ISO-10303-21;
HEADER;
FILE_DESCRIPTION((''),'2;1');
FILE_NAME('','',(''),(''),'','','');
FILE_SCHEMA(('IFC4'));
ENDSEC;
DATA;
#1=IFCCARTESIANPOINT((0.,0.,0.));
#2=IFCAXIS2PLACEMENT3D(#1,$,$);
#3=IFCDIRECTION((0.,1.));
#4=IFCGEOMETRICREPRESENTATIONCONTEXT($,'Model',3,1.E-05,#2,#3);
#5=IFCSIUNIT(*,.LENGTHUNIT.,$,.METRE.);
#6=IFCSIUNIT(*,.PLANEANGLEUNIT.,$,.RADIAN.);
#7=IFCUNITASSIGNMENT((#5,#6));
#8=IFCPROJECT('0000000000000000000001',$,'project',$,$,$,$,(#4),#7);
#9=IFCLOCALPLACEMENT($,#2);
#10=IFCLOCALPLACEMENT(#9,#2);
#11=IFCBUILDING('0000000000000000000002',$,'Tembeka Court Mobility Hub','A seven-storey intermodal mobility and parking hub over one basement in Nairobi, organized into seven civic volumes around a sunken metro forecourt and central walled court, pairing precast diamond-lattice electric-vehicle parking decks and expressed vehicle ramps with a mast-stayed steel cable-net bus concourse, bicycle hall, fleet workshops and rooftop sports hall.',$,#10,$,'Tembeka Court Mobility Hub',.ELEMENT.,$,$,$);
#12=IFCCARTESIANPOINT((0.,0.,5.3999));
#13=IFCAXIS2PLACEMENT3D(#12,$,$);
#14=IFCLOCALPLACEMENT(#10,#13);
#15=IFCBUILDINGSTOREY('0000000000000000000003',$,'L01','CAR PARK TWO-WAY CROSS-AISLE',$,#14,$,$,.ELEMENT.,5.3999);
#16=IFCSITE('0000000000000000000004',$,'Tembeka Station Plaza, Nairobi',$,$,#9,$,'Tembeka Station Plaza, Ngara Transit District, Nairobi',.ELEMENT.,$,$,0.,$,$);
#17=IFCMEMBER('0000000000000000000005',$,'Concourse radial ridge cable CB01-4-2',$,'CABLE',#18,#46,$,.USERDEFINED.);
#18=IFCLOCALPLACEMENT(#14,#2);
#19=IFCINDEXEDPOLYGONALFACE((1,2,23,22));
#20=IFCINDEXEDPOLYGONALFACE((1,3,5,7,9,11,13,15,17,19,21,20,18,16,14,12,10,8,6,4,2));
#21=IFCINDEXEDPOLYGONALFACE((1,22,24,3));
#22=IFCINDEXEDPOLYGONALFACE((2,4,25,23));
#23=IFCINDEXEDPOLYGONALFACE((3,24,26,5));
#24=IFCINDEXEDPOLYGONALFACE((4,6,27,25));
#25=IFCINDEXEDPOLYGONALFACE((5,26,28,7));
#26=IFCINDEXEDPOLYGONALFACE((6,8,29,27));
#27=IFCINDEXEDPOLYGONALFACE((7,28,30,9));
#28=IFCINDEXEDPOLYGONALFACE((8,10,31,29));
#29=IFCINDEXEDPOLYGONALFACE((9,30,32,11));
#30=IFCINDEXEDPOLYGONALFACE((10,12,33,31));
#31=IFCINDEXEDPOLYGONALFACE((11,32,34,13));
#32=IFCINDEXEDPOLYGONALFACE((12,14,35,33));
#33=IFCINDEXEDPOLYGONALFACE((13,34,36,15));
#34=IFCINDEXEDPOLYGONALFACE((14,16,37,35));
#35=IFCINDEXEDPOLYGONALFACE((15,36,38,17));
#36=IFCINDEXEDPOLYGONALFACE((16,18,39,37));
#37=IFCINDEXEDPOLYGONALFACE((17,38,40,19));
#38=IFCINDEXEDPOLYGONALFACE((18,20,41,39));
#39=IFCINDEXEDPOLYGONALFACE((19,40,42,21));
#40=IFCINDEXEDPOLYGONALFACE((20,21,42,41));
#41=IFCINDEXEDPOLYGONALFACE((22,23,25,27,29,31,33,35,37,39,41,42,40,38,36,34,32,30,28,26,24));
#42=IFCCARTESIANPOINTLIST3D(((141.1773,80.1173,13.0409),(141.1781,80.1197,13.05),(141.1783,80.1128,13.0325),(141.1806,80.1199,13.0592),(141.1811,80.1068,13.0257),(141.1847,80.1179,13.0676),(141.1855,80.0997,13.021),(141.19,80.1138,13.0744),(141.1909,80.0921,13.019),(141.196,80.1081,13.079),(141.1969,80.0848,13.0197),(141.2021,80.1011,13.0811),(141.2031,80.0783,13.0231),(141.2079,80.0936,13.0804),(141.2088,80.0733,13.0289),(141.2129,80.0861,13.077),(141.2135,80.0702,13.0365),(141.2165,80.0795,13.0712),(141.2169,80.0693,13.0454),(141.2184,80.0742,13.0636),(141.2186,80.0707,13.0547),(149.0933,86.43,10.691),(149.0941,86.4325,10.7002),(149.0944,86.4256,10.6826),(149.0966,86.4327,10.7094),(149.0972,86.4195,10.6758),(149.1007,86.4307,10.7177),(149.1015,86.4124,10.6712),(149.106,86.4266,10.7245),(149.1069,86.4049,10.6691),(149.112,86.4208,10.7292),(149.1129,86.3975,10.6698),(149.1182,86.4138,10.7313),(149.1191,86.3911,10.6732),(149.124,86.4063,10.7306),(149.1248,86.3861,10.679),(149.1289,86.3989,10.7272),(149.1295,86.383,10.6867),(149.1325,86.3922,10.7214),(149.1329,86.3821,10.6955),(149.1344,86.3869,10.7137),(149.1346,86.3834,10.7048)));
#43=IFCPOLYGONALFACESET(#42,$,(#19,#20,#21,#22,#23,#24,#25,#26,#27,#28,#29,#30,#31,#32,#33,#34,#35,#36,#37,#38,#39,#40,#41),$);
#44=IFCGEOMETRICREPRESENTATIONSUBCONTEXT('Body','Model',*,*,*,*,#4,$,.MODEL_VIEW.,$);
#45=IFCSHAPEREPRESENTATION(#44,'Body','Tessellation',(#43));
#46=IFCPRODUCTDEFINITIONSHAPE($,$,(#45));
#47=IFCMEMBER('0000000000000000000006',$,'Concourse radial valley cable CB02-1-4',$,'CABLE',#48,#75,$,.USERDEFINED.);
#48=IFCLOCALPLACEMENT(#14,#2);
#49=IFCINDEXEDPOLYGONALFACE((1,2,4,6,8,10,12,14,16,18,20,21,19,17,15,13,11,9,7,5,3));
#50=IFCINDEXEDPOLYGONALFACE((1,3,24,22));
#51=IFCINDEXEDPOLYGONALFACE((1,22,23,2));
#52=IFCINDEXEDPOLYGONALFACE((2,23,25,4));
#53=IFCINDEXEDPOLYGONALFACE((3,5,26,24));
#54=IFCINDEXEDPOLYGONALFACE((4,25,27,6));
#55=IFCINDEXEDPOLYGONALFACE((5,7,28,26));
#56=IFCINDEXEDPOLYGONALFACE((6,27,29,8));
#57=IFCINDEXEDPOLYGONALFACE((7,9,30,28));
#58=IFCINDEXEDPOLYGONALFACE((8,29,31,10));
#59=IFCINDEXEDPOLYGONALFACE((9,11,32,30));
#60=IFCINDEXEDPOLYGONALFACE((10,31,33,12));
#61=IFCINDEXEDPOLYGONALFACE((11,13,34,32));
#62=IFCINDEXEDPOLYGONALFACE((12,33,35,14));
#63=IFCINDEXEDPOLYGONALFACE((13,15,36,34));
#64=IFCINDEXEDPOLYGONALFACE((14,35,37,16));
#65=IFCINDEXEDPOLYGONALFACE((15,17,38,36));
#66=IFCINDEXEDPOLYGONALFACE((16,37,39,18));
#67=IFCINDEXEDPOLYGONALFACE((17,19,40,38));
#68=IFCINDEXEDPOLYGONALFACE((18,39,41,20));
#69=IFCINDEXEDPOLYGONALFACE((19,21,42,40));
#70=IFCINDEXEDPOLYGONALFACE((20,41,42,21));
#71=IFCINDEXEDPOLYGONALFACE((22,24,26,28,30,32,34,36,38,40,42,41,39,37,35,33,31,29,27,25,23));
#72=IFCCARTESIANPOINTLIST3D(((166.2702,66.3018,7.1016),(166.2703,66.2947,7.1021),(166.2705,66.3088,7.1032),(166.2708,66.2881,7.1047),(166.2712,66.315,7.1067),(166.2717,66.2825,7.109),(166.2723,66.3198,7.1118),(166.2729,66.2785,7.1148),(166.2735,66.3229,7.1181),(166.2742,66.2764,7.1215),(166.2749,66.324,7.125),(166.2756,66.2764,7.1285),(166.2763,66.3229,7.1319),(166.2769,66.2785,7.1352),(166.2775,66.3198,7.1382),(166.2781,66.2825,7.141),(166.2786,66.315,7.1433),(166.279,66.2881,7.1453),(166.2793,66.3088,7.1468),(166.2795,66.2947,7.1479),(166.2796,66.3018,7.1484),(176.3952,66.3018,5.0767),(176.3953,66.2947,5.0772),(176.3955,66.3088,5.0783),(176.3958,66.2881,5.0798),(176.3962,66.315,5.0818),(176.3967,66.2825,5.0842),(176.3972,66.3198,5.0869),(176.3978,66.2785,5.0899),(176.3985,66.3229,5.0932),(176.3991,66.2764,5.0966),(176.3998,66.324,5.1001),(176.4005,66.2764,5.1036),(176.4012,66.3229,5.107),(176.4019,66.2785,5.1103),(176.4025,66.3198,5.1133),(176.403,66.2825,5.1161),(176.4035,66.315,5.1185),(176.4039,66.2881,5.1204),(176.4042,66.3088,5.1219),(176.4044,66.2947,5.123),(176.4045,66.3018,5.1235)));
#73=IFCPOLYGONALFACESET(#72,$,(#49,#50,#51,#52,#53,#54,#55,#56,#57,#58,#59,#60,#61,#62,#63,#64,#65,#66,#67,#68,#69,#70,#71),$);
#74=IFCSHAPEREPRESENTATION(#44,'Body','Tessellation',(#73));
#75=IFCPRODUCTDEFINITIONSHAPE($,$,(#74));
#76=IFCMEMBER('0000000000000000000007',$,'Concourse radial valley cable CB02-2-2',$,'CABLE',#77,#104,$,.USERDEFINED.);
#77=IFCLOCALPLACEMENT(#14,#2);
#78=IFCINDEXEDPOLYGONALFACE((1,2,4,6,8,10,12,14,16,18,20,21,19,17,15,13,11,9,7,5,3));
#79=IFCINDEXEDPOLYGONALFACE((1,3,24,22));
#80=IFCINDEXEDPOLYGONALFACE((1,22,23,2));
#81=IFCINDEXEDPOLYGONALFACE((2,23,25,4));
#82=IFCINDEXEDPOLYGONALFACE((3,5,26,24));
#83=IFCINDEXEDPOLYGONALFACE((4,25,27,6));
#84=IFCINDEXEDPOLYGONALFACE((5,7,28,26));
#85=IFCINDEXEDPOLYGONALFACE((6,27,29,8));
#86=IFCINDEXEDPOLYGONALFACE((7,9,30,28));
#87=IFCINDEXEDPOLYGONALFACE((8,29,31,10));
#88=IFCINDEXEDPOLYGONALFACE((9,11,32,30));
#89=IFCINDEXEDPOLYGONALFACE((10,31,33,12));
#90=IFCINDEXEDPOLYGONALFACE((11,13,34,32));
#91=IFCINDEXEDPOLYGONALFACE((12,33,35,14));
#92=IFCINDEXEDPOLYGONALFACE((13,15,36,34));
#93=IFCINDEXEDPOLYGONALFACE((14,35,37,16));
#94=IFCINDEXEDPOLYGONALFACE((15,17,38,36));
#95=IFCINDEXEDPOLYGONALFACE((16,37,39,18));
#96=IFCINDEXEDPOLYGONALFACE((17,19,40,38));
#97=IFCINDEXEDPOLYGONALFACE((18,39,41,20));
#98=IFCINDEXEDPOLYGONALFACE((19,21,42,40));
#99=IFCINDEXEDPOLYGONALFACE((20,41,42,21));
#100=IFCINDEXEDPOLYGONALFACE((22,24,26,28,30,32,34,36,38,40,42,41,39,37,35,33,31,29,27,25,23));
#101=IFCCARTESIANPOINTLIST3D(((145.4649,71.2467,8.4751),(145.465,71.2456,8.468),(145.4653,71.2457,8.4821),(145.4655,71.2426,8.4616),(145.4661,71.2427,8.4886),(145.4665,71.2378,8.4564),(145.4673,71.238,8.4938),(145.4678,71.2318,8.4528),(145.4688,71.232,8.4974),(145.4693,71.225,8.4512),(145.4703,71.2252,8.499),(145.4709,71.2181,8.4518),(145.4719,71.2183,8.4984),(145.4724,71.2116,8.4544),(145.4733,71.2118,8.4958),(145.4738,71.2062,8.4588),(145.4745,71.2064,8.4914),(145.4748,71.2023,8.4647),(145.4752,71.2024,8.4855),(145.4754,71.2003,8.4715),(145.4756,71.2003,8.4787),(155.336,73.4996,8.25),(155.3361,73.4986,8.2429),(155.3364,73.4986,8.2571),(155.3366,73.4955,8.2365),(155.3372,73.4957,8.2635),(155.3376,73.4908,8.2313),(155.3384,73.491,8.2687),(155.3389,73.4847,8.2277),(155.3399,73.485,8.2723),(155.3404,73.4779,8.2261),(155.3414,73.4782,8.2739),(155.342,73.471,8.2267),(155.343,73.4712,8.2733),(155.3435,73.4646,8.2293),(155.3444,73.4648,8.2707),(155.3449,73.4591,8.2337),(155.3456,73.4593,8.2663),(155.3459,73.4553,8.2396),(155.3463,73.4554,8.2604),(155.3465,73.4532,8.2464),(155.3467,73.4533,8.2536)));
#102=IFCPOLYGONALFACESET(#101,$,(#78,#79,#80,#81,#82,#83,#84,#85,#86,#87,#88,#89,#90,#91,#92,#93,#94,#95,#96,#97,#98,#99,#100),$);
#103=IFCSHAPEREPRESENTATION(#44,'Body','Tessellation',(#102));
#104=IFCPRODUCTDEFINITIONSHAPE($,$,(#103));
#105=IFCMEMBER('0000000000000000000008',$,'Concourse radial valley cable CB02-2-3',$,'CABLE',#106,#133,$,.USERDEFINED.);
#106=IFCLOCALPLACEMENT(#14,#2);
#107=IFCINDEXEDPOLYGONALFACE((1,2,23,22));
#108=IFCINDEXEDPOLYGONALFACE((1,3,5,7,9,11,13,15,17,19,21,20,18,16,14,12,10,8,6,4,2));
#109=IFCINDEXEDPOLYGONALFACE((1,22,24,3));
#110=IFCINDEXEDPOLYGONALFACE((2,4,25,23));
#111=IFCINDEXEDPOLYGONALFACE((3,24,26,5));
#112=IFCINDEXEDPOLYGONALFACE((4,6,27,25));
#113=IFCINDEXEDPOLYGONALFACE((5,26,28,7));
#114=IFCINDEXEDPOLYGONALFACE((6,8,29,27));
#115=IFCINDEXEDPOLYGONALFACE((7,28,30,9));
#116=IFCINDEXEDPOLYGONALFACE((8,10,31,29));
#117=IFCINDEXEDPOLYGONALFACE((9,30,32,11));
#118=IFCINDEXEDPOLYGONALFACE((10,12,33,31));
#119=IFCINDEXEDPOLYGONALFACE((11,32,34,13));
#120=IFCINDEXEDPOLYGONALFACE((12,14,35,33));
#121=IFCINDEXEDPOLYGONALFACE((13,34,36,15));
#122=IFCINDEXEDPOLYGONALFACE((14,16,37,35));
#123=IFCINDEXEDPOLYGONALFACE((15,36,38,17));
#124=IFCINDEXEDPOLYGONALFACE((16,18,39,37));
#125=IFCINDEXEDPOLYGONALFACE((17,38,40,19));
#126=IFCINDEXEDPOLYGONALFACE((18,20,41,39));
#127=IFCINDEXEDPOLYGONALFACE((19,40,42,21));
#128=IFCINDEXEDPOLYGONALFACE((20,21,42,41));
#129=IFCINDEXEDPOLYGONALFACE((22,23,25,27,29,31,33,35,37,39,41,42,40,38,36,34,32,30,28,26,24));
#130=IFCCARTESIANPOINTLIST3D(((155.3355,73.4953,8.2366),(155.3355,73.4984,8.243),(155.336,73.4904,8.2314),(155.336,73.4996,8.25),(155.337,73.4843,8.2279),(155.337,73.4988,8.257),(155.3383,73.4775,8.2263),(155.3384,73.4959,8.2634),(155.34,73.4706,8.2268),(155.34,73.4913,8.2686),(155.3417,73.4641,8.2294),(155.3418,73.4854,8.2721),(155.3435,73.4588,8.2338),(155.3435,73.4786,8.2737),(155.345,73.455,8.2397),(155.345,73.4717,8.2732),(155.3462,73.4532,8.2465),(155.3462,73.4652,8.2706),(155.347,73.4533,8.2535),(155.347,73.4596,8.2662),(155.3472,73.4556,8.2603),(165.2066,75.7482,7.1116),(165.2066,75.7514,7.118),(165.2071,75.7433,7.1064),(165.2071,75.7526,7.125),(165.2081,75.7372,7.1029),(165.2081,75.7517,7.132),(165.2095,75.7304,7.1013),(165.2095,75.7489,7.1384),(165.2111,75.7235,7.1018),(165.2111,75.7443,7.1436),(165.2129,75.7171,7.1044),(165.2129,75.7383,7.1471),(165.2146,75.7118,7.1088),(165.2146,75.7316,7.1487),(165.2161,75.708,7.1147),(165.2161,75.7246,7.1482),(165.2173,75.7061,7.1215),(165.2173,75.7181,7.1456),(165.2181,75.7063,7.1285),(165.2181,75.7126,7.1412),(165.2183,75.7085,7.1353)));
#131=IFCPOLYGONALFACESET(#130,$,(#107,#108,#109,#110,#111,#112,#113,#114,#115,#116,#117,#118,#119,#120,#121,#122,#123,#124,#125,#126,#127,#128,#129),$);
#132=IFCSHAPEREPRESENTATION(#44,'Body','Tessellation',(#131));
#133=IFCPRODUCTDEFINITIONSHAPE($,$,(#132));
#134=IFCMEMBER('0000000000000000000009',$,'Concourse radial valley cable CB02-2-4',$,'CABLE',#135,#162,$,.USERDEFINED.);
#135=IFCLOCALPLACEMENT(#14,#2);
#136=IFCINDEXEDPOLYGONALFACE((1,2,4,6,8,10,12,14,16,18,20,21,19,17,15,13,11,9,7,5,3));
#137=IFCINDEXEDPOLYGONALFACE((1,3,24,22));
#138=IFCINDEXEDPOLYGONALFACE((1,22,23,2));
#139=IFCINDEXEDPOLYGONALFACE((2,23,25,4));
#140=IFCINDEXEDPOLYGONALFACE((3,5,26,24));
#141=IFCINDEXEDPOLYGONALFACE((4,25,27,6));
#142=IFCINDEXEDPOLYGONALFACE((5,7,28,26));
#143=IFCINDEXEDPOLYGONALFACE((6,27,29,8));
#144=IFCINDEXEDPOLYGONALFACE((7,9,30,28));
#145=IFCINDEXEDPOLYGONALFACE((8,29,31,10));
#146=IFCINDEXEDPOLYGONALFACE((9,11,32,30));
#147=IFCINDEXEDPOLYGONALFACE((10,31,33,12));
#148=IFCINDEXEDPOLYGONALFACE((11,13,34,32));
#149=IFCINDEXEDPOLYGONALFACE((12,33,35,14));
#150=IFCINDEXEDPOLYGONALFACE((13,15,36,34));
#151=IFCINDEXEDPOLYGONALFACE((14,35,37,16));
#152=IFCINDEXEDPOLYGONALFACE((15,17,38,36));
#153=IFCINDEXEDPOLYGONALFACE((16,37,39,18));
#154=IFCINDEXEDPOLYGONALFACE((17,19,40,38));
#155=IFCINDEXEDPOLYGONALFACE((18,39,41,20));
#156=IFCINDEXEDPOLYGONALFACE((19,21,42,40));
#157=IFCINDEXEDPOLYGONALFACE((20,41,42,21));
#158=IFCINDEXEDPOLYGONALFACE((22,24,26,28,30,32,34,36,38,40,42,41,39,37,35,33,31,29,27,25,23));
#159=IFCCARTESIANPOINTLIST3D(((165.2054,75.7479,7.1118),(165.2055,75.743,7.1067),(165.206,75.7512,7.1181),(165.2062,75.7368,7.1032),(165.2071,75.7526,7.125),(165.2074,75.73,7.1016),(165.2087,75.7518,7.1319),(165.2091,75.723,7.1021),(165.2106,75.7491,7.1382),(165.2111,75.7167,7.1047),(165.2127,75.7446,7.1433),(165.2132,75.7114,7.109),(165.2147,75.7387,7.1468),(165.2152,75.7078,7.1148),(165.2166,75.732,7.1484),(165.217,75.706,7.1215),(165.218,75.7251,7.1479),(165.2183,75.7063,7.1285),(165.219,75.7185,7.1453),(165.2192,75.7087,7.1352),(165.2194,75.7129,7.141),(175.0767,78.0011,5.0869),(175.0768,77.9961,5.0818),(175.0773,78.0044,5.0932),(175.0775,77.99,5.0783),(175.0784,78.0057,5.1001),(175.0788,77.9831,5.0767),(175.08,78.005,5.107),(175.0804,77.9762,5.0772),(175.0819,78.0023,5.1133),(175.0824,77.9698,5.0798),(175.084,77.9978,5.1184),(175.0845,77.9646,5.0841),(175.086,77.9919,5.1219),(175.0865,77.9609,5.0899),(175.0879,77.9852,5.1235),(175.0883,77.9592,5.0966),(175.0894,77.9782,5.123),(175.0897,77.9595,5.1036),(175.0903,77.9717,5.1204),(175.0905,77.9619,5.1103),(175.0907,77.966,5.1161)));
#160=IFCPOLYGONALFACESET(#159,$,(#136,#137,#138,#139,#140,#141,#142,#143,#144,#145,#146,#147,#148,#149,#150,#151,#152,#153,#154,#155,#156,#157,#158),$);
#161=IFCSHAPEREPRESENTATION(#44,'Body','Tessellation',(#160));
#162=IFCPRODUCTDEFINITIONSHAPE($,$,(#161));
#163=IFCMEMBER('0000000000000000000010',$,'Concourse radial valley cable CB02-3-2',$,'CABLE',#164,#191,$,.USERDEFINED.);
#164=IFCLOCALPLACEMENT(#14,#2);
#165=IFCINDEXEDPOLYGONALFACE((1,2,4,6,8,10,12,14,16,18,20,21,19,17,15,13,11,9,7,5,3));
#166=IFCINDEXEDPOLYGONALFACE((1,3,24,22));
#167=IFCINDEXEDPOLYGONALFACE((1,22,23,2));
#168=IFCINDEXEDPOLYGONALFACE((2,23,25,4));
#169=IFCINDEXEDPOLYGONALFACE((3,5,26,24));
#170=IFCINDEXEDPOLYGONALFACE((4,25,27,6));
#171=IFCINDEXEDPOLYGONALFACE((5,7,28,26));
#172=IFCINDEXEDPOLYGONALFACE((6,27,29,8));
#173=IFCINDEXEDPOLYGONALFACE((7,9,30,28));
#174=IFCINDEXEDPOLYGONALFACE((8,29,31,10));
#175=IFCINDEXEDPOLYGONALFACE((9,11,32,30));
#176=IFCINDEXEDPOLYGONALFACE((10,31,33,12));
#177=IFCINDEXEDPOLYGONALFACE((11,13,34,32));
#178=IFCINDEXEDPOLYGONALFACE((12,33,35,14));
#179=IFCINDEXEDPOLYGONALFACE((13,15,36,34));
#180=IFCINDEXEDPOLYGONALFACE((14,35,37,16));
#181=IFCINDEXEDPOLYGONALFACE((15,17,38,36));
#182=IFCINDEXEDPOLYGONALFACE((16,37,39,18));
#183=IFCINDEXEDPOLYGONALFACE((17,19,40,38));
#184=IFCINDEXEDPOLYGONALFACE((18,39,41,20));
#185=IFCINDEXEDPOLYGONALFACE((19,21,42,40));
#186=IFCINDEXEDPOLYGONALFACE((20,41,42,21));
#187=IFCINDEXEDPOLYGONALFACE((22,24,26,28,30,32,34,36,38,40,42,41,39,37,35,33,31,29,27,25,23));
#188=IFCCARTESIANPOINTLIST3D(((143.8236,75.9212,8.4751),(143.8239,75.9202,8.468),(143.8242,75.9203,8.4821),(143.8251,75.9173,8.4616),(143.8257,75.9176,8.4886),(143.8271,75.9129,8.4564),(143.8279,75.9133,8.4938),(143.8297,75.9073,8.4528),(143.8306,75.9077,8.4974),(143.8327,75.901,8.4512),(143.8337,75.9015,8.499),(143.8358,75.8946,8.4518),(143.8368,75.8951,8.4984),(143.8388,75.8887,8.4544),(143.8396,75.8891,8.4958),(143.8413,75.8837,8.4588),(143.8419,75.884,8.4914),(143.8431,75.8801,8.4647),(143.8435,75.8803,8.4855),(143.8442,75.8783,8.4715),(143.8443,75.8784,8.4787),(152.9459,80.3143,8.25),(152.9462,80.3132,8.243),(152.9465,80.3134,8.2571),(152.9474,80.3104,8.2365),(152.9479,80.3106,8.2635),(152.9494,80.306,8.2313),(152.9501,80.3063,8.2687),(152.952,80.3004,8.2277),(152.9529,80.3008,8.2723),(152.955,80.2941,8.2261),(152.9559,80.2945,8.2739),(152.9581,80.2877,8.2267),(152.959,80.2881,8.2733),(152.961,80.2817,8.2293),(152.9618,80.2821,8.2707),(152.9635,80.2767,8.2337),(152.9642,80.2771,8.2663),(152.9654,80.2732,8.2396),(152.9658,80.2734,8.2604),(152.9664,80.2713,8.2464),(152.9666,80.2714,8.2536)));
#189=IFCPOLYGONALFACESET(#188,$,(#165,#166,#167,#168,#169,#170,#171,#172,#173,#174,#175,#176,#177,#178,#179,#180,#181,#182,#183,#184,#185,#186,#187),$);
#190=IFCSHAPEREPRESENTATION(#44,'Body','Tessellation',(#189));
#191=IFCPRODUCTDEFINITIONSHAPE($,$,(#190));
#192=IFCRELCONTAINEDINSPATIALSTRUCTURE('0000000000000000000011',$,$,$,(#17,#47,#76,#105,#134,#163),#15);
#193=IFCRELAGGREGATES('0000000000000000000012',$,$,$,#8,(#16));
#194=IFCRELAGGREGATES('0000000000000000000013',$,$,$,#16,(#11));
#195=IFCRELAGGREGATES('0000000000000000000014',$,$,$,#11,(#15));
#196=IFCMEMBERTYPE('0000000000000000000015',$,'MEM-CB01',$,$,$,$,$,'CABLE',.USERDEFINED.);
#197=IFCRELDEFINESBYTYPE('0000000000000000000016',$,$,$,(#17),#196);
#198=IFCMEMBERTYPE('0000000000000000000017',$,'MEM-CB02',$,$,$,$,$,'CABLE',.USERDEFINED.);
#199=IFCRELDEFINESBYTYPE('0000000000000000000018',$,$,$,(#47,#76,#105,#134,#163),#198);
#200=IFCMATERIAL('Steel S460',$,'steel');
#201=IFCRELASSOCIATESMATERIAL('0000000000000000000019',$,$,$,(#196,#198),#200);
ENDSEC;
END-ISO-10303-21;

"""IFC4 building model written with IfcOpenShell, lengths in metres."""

from ifc_helpers import new_model, si_unit, direction, frame, origin, origin_2d, place, context, subcontext, project, spatial, circle, extrude, material, material_profile, profile_set, type_object, element, save


model = new_model("IFC4")

# Units and contexts
model_context = context("Model", 3, precision=1e-05, world=origin(), true_north=direction((0.0, 1.0)))
body_context = subcontext(model_context, "Body", "Model", "MODEL_VIEW")
ifc_project = project(units=[si_unit("LENGTHUNIT", "METRE"), si_unit("PLANEANGLEUNIT", "RADIAN")], contexts=[model_context])

# Site, building, storey
site_placement = place(None, origin())
site = spatial("IfcSite", under=ifc_project, at=site_placement, Name="Tembeka Station Plaza, Nairobi", LongName="Tembeka Station Plaza, Ngara Transit District, Nairobi", CompositionType="ELEMENT", RefElevation=0.0)
building_placement = place(site_placement, origin())
building = spatial("IfcBuilding", under=site, at=building_placement, Name="Tembeka Court Mobility Hub", Description="A seven-storey intermodal mobility and parking hub over one basement in Nairobi, organized into seven civic volumes around a sunken metro forecourt and central walled court, pairing precast diamond-lattice electric-vehicle parking decks and expressed vehicle ramps with a mast-stayed steel cable-net bus concourse, bicycle hall, fleet workshops and rooftop sports hall.", LongName="Tembeka Court Mobility Hub", CompositionType="ELEMENT")
storey_placement = place(building_placement, frame((0.0, 0.0, 5.3999)))
storey = spatial("IfcBuildingStorey", under=building, at=storey_placement, Name="L01", Description="CAR PARK TWO-WAY CROSS-AISLE", CompositionType="ELEMENT", Elevation=5.3999)

# Members
ifc_material_1 = material(Name="Steel S460", Category="steel")
ifc_material_profile_1 = material_profile(ifc_material_1, circle(Radius=0.032, at=origin_2d()), Name="CABLE D64")
ifc_profile_set_1 = profile_set([ifc_material_profile_1], Name="Steel S460")
member_type_1 = type_object("IfcMemberType", Name="MEM-CB01", ElementType="CABLE", PredefinedType="USERDEFINED", material=ifc_profile_set_1)
for number, where, z_axis, x_axis, name in (
    (1, (141.198, 80.0947, 13.05), (0.761593, 0.607343, -0.226077), (-0.623486, 0.781835, 0.0), "Concourse radial ridge cable CB01-4-2"),
):
    element("IfcMember", number, at=place(storey_placement, frame(where, z_axis=z_axis, x_axis=x_axis)), inside=storey, type_object=member_type_1, Name=name, ObjectType="CABLE", PredefinedType="USERDEFINED", context=body_context, shape_type="SweptSolid", body=[
        extrude(circle(Radius=0.032, at=origin_2d()), origin(), (0.0, 0.0, 1.0), 10.394),
    ])
ifc_material_profile_2 = material_profile(ifc_material_1, circle(Radius=0.0239, at=origin_2d()), Name="CABLE D48")
ifc_profile_set_2 = profile_set([ifc_material_profile_2], Name="Steel S460")
member_type_2 = type_object("IfcMemberType", Name="MEM-CB02", ElementType="CABLE", PredefinedType="USERDEFINED", material=ifc_profile_set_2)
member_1_placement = place(storey_placement, frame((166.2749, 66.3, 7.125), z_axis=(0.980582, 0.0, -0.196107), x_axis=(0.0, 1.0, 0.0)))
element("IfcMember", 2, at=member_1_placement, inside=storey, type_object=member_type_2, Name="Concourse radial valley cable CB02-1-4", ObjectType="CABLE", PredefinedType="USERDEFINED", context=body_context, shape_type="SweptSolid", body=[
    extrude(circle(Radius=0.0239, at=origin_2d()), origin(), (0.0, 0.0, 1.0), 10.3254),
])
member_2_placement = place(storey_placement, frame((145.4702, 71.2234, 8.4751), z_axis=(0.974689, 0.222458, -0.022227), x_axis=(-0.222513, 0.97493, 0.0)))
element("IfcMember", 3, at=member_2_placement, inside=storey, type_object=member_type_2, Name="Concourse radial valley cable CB02-2-2", ObjectType="CABLE", PredefinedType="USERDEFINED", context=body_context, shape_type="SweptSolid", body=[
    extrude(circle(Radius=0.0239, at=origin_2d()), origin(), (0.0, 0.0, 1.0), 10.1274),
])
member_3_placement = place(storey_placement, frame((155.3413, 73.4763, 8.25), z_axis=(0.968967, 0.221152, -0.110432), x_axis=(-0.222513, 0.97493, 0.0)))
element("IfcMember", 4, at=member_3_placement, inside=storey, type_object=member_type_2, Name="Concourse radial valley cable CB02-2-3", ObjectType="CABLE", PredefinedType="USERDEFINED", context=body_context, shape_type="SweptSolid", body=[
    extrude(circle(Radius=0.0239, at=origin_2d()), origin(), (0.0, 0.0, 1.0), 10.1873),
])
member_4_placement = place(storey_placement, frame((165.2124, 75.7292, 7.125), z_axis=(0.955996, 0.21821, -0.196103), x_axis=(-0.222531, 0.974926, 0.0)))
element("IfcMember", 5, at=member_4_placement, inside=storey, type_object=member_type_2, Name="Concourse radial valley cable CB02-2-4", ObjectType="CABLE", PredefinedType="USERDEFINED", context=body_context, shape_type="SweptSolid", body=[
    extrude(circle(Radius=0.0239, at=origin_2d()), origin(), (0.0, 0.0, 1.0), 10.3257),
])
for number, where, z_axis, x_axis, name in (
    (6, (143.834, 75.8997, 8.4751), (0.900747, 0.433776, -0.022226), (-0.433883, 0.900969, 0.0), "Concourse radial valley cable CB02-3-2"),
):
    element("IfcMember", number, at=place(storey_placement, frame(where, z_axis=z_axis, x_axis=x_axis)), inside=storey, type_object=member_type_2, Name=name, ObjectType="CABLE", PredefinedType="USERDEFINED", context=body_context, shape_type="SweptSolid", body=[
        extrude(circle(Radius=0.0239, at=origin_2d()), origin(), (0.0, 0.0, 1.0), 10.1274),
    ])

save(model, "model.ifc")
